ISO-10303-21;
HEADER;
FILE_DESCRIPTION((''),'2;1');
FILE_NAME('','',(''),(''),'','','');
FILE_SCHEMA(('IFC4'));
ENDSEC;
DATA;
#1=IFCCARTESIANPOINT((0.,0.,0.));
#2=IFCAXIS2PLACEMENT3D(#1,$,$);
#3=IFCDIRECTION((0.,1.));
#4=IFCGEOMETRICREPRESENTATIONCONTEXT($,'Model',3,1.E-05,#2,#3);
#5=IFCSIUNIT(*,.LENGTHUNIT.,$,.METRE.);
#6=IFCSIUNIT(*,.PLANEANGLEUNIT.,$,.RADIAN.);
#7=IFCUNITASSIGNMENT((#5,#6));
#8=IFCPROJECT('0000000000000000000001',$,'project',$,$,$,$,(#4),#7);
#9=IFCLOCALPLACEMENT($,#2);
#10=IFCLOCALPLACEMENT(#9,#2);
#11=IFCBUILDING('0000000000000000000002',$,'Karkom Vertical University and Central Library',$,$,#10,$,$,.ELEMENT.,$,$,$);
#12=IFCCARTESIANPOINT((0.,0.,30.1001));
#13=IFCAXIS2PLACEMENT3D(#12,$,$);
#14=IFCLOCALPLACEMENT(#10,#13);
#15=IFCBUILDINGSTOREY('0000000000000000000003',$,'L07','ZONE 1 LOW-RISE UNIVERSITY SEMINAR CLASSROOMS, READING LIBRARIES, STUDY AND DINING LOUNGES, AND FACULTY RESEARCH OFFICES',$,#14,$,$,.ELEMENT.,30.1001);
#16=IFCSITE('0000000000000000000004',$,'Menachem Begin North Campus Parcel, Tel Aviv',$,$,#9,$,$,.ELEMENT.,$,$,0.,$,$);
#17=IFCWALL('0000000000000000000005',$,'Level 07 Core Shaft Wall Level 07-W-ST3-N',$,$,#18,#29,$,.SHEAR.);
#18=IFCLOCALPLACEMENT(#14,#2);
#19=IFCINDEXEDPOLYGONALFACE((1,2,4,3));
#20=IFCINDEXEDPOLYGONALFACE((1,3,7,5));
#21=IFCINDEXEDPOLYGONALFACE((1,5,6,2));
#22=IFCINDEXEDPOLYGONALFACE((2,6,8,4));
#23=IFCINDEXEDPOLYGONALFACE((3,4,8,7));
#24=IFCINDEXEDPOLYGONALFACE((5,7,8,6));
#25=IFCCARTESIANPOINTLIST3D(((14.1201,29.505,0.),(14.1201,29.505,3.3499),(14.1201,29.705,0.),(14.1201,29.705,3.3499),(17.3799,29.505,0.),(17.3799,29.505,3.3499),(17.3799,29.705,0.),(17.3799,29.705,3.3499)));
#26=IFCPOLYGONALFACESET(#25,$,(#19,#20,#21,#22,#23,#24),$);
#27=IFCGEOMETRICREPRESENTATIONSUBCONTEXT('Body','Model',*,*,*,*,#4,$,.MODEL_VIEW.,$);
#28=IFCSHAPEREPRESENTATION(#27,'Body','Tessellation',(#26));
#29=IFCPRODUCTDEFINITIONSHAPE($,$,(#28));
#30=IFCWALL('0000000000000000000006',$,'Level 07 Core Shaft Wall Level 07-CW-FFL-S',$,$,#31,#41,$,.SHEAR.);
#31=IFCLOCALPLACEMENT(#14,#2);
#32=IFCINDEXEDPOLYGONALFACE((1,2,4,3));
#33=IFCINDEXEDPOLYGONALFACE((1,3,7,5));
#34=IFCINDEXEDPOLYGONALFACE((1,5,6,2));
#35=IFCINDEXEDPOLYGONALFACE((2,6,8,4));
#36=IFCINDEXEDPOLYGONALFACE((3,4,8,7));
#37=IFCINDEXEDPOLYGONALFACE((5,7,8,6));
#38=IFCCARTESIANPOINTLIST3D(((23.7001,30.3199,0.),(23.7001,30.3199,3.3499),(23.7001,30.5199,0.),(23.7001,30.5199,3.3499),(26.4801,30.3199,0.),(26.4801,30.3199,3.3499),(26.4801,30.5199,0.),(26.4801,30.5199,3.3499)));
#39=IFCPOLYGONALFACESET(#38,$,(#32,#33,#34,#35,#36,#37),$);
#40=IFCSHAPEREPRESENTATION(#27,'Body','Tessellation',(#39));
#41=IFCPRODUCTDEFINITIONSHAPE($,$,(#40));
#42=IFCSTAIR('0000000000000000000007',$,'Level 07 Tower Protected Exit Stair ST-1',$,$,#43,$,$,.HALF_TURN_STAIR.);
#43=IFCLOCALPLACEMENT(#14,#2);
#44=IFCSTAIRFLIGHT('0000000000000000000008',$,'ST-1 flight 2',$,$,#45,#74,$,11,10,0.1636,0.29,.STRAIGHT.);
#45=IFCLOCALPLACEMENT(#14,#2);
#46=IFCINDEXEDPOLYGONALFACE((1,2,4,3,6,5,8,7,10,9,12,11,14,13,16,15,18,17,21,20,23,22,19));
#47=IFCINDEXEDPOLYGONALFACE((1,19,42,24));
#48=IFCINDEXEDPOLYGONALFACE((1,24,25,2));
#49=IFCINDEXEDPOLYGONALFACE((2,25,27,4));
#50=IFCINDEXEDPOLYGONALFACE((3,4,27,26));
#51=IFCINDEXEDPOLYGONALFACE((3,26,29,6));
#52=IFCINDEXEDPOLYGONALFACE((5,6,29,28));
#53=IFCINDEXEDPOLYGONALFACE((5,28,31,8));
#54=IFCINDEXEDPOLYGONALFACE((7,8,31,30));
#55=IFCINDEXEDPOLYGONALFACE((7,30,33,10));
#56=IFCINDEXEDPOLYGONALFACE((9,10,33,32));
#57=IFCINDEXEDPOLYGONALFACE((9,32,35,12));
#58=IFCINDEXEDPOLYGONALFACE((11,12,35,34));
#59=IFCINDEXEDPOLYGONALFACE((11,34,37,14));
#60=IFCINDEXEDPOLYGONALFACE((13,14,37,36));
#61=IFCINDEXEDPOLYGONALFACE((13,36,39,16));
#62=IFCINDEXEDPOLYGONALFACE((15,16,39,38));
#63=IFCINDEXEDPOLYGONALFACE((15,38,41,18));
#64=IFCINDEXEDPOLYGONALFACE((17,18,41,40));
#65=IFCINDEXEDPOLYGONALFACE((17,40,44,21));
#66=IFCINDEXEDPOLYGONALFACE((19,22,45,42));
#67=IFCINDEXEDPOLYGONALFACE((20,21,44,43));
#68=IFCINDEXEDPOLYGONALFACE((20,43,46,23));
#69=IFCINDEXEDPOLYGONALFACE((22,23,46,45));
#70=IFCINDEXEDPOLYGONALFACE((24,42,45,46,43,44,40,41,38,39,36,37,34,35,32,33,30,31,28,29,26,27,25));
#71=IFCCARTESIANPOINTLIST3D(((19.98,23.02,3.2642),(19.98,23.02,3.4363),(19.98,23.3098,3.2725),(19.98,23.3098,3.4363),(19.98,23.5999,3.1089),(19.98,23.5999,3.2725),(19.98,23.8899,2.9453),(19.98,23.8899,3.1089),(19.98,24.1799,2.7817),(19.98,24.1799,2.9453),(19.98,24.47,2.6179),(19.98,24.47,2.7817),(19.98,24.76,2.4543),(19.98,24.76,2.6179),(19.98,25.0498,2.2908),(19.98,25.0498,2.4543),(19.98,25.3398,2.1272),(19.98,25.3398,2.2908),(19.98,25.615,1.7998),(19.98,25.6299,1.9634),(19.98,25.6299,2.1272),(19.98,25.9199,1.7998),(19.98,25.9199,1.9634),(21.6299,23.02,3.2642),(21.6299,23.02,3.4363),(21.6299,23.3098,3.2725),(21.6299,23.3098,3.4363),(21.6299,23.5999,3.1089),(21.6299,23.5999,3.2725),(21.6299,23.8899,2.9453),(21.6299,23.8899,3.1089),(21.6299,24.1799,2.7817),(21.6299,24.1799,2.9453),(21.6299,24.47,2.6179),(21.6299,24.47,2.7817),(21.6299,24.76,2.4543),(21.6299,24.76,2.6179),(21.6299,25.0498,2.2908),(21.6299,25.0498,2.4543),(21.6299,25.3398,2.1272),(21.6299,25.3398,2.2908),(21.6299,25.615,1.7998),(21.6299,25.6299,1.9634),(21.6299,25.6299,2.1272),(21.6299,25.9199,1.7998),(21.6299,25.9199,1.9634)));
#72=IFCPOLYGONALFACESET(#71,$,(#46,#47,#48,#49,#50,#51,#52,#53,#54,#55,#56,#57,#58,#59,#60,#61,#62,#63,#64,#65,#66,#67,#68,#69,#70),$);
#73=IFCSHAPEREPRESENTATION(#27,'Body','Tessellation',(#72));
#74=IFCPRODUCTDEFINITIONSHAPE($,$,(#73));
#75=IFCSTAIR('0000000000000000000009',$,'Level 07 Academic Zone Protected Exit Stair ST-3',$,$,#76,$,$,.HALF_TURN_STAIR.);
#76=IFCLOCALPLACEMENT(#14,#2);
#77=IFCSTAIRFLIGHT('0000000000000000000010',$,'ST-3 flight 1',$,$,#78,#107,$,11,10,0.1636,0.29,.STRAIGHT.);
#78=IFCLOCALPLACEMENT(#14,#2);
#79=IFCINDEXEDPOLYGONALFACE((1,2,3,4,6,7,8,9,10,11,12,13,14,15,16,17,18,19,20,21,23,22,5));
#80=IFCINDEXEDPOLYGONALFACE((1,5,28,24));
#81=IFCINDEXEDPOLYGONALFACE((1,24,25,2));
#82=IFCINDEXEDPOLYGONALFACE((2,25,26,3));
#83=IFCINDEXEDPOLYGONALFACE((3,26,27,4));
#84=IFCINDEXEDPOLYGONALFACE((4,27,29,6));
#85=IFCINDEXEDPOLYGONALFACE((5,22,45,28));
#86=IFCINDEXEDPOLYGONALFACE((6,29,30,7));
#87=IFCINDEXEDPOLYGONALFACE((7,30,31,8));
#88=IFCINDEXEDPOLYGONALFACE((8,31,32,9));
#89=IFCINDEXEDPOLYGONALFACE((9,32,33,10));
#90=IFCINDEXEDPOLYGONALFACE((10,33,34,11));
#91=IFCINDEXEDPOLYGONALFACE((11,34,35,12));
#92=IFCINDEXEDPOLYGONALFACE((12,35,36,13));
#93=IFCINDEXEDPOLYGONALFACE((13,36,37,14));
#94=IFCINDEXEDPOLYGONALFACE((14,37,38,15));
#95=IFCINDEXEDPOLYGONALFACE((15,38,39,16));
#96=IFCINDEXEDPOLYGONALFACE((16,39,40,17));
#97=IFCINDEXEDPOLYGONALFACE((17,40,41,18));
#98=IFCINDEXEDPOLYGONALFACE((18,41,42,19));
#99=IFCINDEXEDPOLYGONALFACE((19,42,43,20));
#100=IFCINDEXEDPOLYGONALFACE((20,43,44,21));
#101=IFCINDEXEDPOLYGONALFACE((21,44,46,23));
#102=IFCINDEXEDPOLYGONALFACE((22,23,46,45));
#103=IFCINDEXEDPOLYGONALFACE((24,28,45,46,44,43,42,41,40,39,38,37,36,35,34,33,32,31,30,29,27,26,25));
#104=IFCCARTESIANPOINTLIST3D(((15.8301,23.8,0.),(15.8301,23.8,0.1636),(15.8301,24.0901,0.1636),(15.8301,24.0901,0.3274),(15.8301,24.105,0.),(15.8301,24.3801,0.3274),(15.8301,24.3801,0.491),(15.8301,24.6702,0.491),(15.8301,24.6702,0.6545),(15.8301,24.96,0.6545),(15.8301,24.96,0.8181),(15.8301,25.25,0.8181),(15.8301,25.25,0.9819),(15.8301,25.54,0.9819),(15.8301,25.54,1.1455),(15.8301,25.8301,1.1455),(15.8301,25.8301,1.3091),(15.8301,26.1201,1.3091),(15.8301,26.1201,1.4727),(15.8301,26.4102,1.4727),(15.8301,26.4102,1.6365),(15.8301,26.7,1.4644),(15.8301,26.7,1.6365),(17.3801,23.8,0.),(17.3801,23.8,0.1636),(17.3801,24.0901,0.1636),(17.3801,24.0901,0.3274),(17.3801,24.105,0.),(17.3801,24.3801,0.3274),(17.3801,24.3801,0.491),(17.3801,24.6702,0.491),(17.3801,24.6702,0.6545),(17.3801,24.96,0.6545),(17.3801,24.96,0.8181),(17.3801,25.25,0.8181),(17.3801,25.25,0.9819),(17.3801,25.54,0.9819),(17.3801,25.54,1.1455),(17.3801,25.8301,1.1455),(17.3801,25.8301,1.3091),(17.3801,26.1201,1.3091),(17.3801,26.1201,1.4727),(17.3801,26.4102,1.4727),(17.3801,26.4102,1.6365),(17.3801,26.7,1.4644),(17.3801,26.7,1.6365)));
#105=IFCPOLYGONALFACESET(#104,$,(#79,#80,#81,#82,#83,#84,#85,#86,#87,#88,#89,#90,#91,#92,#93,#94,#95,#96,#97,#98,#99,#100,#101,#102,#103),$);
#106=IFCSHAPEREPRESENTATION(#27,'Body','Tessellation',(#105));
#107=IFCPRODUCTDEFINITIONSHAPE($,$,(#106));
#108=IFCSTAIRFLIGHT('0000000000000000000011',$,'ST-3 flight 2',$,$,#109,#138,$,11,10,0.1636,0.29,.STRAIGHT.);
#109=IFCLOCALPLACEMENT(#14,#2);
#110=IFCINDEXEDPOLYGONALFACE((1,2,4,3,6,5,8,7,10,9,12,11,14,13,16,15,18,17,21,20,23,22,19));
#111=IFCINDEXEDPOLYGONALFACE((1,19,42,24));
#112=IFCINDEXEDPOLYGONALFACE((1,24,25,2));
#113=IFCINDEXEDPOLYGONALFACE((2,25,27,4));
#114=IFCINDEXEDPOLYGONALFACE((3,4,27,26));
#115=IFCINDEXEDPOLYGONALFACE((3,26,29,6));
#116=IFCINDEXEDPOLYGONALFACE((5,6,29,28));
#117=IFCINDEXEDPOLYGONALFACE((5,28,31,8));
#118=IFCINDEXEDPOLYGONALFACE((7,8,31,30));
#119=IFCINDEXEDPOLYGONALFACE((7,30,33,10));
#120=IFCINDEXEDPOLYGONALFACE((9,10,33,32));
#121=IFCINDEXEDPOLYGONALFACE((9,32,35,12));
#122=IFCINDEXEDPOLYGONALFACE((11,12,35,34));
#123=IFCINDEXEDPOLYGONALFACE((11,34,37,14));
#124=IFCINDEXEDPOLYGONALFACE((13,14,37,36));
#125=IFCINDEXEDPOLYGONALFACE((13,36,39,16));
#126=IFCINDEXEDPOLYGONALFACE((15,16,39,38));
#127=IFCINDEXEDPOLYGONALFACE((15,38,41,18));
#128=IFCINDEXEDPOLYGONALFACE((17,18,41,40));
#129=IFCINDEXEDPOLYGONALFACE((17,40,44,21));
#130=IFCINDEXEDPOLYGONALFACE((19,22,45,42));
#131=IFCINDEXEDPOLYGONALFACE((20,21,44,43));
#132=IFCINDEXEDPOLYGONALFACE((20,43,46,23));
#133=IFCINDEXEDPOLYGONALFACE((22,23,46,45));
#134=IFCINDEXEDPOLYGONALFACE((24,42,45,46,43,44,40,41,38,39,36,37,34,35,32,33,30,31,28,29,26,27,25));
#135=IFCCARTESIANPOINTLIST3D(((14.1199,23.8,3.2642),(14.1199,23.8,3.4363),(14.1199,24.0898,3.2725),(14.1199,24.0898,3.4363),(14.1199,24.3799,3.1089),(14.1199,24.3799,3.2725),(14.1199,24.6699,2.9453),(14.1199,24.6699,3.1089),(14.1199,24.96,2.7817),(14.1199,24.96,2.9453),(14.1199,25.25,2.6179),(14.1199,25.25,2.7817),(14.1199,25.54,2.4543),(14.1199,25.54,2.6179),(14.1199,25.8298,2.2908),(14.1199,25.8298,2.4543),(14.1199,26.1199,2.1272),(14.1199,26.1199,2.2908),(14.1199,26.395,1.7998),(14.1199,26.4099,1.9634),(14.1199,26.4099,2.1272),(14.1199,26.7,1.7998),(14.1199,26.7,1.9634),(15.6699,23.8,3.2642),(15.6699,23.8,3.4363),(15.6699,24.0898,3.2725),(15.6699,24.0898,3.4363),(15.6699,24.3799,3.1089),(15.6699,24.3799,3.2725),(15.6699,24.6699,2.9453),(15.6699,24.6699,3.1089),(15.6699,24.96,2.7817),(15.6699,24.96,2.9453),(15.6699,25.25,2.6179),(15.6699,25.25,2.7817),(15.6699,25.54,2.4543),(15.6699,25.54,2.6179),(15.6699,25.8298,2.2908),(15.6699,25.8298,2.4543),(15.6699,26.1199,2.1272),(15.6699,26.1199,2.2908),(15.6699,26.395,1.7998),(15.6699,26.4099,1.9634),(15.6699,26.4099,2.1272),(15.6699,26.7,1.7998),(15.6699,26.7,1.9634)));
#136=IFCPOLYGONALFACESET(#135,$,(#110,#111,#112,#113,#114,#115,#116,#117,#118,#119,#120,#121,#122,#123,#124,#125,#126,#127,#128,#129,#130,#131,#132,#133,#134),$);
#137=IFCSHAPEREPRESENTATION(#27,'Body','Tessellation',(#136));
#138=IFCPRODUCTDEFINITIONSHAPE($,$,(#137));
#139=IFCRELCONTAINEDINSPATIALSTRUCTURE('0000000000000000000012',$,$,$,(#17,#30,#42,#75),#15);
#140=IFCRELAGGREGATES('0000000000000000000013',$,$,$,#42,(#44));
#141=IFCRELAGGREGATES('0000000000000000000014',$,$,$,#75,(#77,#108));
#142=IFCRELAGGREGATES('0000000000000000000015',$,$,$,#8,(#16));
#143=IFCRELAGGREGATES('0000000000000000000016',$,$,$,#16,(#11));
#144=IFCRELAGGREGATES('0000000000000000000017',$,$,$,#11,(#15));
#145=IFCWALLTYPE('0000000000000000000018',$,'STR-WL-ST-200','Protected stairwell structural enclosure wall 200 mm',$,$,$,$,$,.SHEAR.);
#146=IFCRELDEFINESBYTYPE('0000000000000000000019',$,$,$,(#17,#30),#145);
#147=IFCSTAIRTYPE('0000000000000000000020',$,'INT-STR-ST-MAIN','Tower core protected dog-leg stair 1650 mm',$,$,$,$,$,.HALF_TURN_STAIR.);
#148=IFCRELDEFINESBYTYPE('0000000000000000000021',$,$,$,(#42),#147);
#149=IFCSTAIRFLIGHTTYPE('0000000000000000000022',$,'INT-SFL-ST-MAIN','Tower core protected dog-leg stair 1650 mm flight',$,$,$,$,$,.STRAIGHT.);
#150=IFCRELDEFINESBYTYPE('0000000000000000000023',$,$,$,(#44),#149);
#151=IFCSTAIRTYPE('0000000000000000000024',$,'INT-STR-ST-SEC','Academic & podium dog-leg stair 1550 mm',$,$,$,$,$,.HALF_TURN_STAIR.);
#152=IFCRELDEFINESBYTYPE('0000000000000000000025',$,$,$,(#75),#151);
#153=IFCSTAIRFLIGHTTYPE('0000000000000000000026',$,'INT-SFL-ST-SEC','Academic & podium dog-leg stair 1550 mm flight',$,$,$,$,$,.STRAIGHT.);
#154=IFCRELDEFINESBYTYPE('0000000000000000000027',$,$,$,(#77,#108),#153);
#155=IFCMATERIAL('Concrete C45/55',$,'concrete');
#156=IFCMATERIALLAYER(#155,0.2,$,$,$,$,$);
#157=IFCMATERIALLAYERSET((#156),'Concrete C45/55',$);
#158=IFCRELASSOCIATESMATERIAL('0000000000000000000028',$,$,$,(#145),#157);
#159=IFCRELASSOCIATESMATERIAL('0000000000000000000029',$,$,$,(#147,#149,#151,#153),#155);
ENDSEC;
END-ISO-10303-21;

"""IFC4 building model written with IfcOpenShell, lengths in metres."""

from ifc_helpers import new_model, si_unit, direction, frame, frame_2d, origin, place, context, subcontext, project, spatial, polyline, rectangle, outline, extrude, material, layer, layer_set, type_object, element, aggregate, save


model = new_model("IFC4")

# Units and contexts
model_context = context("Model", 3, precision=1e-05, world=origin(), true_north=direction((0.0, 1.0)))
body_context = subcontext(model_context, "Body", "Model", "MODEL_VIEW")
ifc_project = project(units=[si_unit("LENGTHUNIT", "METRE"), si_unit("PLANEANGLEUNIT", "RADIAN")], contexts=[model_context])

# Site, building, storey
site_placement = place(None, origin())
site = spatial("IfcSite", under=ifc_project, at=site_placement, Name="Menachem Begin North Campus Parcel, Tel Aviv", CompositionType="ELEMENT", RefElevation=0.0)
building_placement = place(site_placement, origin())
building = spatial("IfcBuilding", under=site, at=building_placement, Name="Karkom Vertical University and Central Library", CompositionType="ELEMENT")
storey_placement = place(building_placement, frame((0.0, 0.0, 30.1001)))
storey = spatial("IfcBuildingStorey", under=building, at=storey_placement, Name="L07", Description="ZONE 1 LOW-RISE UNIVERSITY SEMINAR CLASSROOMS, READING LIBRARIES, STUDY AND DINING LOUNGES, AND FACULTY RESEARCH OFFICES", CompositionType="ELEMENT", Elevation=30.1001)

# Walls
ifc_material_1 = material(Name="Concrete C45/55", Category="concrete")
ifc_layer_1 = layer(ifc_material_1, 0.2)
ifc_layer_set_1 = layer_set([ifc_layer_1], Name="Concrete C45/55")
wall_type_1 = type_object("IfcWallType", Name="STR-WL-ST-200", Description="Protected stairwell structural enclosure wall 200 mm", PredefinedType="SHEAR", material=ifc_layer_set_1)
wall_1_placement = place(storey_placement, frame((14.1201, 29.605, 0.0), z_axis=(0.0, 0.0, 1.0), x_axis=(1.0, 0.0, 0.0)))
element("IfcWall", 1, at=wall_1_placement, inside=storey, type_object=wall_type_1, Name="Level 07 Core Shaft Wall Level 07-W-ST3-N", PredefinedType="SHEAR", context=body_context, shape_type="SweptSolid", body=[
    extrude(rectangle(XDim=3.2598, YDim=0.2, at=frame_2d((1.6299, 0.0))), origin(), (0.0, 0.0, 1.0), 3.3499),
])
wall_2_placement = place(storey_placement, frame((23.7, 30.4199, 0.0), z_axis=(0.0, 0.0, 1.0), x_axis=(1.0, 0.0, 0.0)))
element("IfcWall", 2, at=wall_2_placement, inside=storey, type_object=wall_type_1, Name="Level 07 Core Shaft Wall Level 07-CW-FFL-S", PredefinedType="SHEAR", context=body_context, shape_type="SweptSolid", body=[
    extrude(rectangle(XDim=2.78, YDim=0.2, at=frame_2d((1.3901, 0.0))), origin(), (0.0, 0.0, 1.0), 3.3499),
])

# Stair, stair flight
stair_type_1 = type_object("IfcStairType", Name="INT-STR-ST-MAIN", Description="Tower core protected dog-leg stair 1650 mm", PredefinedType="HALF_TURN_STAIR", material=ifc_material_1)
stair_1_placement = place(storey_placement, origin())
stair_1 = element("IfcStair", 3, at=stair_1_placement, inside=storey, type_object=stair_type_1, Name="Level 07 Tower Protected Exit Stair ST-1", PredefinedType="HALF_TURN_STAIR")
stair_flight_type_1 = type_object("IfcStairFlightType", Name="INT-SFL-ST-MAIN", Description="Tower core protected dog-leg stair 1650 mm flight", PredefinedType="STRAIGHT", material=ifc_material_1)
stair_flight_1_placement = place(storey_placement, frame((20.8049, 25.9199, 1.7998), z_axis=(0.0, 0.0, 1.0), x_axis=(0.0, -1.0, 0.0)))
stair_flight_1 = element("IfcStairFlight", 4, at=stair_flight_1_placement, type_object=stair_flight_type_1, Name="ST-1 flight 2", NumberOfRisers=11, NumberOfTreads=10, PredefinedType="STRAIGHT", RiserHeight=0.1636, TreadLength=0.29, context=body_context, shape_type="SweptSolid", body=[
    extrude(outline(polyline([(0.0, 0.0), (0.0, 0.1636), (0.29, 0.1636), (0.29, 0.3274), (0.5801, 0.3274), (0.5801, 0.491), (0.8701, 0.491), (0.8701, 0.6545), (1.1599, 0.6545), (1.1599, 0.8181), (1.45, 0.8181), (1.45, 0.9819), (1.74, 0.9819), (1.74, 1.1455), (2.03, 1.1455), (2.03, 1.3091), (2.3201, 1.3091), (2.3201, 1.4727), (2.6101, 1.4727), (2.6101, 1.6365), (2.8999, 1.6365), (2.8999, 1.8), (2.8999, 1.4644), (0.3049, 0.0), (0.0, 0.0)])), frame((0.0, 0.825, 0.0), z_axis=(0.0, -1.0, 0.0), x_axis=(1.0, 0.0, 0.0)), (0.0, 0.0, 1.0), 1.6499),
])
aggregate(stair_1, [stair_flight_1])

# Stair, stair flights
stair_type_2 = type_object("IfcStairType", Name="INT-STR-ST-SEC", Description="Academic & podium dog-leg stair 1550 mm", PredefinedType="HALF_TURN_STAIR", material=ifc_material_1)
stair_2_placement = place(storey_placement, origin())
stair_2 = element("IfcStair", 5, at=stair_2_placement, inside=storey, type_object=stair_type_2, Name="Level 07 Academic Zone Protected Exit Stair ST-3", PredefinedType="HALF_TURN_STAIR")
stair_flight_type_2 = type_object("IfcStairFlightType", Name="INT-SFL-ST-SEC", Description="Academic & podium dog-leg stair 1550 mm flight", PredefinedType="STRAIGHT", material=ifc_material_1)
stair_flight_2_placement = place(storey_placement, frame((16.605, 23.8, 0.0), z_axis=(0.0, 0.0, 1.0), x_axis=(0.0, 1.0, 0.0)))
stair_flight_2 = element("IfcStairFlight", 6, at=stair_flight_2_placement, type_object=stair_flight_type_2, Name="ST-3 flight 1", NumberOfRisers=11, NumberOfTreads=10, PredefinedType="STRAIGHT", RiserHeight=0.1636, TreadLength=0.29, context=body_context, shape_type="SweptSolid", body=[
    extrude(outline(polyline([(0.0, 0.0), (0.0, 0.1636), (0.29, 0.1636), (0.29, 0.3274), (0.5801, 0.3274), (0.5801, 0.491), (0.8701, 0.491), (0.8701, 0.6545), (1.1599, 0.6545), (1.1599, 0.8181), (1.45, 0.8181), (1.45, 0.9819), (1.74, 0.9819), (1.74, 1.1455), (2.03, 1.1455), (2.03, 1.3091), (2.3201, 1.3091), (2.3201, 1.4727), (2.6101, 1.4727), (2.6101, 1.6365), (2.8999, 1.6365), (2.8999, 1.8), (2.8999, 1.4644), (0.3049, 0.0), (0.0, 0.0)])), frame((0.0, 0.7749, 0.0), z_axis=(0.0, -1.0, 0.0), x_axis=(1.0, 0.0, 0.0)), (0.0, 0.0, 1.0), 1.55),
])
stair_flight_3_placement = place(storey_placement, frame((14.895, 26.7, 1.7998), z_axis=(0.0, 0.0, 1.0), x_axis=(0.0, -1.0, 0.0)))
stair_flight_3 = element("IfcStairFlight", 7, at=stair_flight_3_placement, type_object=stair_flight_type_2, Name="ST-3 flight 2", NumberOfRisers=11, NumberOfTreads=10, PredefinedType="STRAIGHT", RiserHeight=0.1636, TreadLength=0.29, context=body_context, shape_type="SweptSolid", body=[
    extrude(outline(polyline([(0.0, 0.0), (0.0, 0.1636), (0.29, 0.1636), (0.29, 0.3274), (0.5801, 0.3274), (0.5801, 0.491), (0.8701, 0.491), (0.8701, 0.6545), (1.1599, 0.6545), (1.1599, 0.8181), (1.45, 0.8181), (1.45, 0.9819), (1.74, 0.9819), (1.74, 1.1455), (2.03, 1.1455), (2.03, 1.3091), (2.3201, 1.3091), (2.3201, 1.4727), (2.6101, 1.4727), (2.6101, 1.6365), (2.8999, 1.6365), (2.8999, 1.8), (2.8999, 1.4644), (0.3049, 0.0), (0.0, 0.0)])), frame((0.0, 0.7749, 0.0), z_axis=(0.0, -1.0, 0.0), x_axis=(1.0, 0.0, 0.0)), (0.0, 0.0, 1.0), 1.55),
])
aggregate(stair_2, [stair_flight_2, stair_flight_3])

save(model, "model.ifc")
